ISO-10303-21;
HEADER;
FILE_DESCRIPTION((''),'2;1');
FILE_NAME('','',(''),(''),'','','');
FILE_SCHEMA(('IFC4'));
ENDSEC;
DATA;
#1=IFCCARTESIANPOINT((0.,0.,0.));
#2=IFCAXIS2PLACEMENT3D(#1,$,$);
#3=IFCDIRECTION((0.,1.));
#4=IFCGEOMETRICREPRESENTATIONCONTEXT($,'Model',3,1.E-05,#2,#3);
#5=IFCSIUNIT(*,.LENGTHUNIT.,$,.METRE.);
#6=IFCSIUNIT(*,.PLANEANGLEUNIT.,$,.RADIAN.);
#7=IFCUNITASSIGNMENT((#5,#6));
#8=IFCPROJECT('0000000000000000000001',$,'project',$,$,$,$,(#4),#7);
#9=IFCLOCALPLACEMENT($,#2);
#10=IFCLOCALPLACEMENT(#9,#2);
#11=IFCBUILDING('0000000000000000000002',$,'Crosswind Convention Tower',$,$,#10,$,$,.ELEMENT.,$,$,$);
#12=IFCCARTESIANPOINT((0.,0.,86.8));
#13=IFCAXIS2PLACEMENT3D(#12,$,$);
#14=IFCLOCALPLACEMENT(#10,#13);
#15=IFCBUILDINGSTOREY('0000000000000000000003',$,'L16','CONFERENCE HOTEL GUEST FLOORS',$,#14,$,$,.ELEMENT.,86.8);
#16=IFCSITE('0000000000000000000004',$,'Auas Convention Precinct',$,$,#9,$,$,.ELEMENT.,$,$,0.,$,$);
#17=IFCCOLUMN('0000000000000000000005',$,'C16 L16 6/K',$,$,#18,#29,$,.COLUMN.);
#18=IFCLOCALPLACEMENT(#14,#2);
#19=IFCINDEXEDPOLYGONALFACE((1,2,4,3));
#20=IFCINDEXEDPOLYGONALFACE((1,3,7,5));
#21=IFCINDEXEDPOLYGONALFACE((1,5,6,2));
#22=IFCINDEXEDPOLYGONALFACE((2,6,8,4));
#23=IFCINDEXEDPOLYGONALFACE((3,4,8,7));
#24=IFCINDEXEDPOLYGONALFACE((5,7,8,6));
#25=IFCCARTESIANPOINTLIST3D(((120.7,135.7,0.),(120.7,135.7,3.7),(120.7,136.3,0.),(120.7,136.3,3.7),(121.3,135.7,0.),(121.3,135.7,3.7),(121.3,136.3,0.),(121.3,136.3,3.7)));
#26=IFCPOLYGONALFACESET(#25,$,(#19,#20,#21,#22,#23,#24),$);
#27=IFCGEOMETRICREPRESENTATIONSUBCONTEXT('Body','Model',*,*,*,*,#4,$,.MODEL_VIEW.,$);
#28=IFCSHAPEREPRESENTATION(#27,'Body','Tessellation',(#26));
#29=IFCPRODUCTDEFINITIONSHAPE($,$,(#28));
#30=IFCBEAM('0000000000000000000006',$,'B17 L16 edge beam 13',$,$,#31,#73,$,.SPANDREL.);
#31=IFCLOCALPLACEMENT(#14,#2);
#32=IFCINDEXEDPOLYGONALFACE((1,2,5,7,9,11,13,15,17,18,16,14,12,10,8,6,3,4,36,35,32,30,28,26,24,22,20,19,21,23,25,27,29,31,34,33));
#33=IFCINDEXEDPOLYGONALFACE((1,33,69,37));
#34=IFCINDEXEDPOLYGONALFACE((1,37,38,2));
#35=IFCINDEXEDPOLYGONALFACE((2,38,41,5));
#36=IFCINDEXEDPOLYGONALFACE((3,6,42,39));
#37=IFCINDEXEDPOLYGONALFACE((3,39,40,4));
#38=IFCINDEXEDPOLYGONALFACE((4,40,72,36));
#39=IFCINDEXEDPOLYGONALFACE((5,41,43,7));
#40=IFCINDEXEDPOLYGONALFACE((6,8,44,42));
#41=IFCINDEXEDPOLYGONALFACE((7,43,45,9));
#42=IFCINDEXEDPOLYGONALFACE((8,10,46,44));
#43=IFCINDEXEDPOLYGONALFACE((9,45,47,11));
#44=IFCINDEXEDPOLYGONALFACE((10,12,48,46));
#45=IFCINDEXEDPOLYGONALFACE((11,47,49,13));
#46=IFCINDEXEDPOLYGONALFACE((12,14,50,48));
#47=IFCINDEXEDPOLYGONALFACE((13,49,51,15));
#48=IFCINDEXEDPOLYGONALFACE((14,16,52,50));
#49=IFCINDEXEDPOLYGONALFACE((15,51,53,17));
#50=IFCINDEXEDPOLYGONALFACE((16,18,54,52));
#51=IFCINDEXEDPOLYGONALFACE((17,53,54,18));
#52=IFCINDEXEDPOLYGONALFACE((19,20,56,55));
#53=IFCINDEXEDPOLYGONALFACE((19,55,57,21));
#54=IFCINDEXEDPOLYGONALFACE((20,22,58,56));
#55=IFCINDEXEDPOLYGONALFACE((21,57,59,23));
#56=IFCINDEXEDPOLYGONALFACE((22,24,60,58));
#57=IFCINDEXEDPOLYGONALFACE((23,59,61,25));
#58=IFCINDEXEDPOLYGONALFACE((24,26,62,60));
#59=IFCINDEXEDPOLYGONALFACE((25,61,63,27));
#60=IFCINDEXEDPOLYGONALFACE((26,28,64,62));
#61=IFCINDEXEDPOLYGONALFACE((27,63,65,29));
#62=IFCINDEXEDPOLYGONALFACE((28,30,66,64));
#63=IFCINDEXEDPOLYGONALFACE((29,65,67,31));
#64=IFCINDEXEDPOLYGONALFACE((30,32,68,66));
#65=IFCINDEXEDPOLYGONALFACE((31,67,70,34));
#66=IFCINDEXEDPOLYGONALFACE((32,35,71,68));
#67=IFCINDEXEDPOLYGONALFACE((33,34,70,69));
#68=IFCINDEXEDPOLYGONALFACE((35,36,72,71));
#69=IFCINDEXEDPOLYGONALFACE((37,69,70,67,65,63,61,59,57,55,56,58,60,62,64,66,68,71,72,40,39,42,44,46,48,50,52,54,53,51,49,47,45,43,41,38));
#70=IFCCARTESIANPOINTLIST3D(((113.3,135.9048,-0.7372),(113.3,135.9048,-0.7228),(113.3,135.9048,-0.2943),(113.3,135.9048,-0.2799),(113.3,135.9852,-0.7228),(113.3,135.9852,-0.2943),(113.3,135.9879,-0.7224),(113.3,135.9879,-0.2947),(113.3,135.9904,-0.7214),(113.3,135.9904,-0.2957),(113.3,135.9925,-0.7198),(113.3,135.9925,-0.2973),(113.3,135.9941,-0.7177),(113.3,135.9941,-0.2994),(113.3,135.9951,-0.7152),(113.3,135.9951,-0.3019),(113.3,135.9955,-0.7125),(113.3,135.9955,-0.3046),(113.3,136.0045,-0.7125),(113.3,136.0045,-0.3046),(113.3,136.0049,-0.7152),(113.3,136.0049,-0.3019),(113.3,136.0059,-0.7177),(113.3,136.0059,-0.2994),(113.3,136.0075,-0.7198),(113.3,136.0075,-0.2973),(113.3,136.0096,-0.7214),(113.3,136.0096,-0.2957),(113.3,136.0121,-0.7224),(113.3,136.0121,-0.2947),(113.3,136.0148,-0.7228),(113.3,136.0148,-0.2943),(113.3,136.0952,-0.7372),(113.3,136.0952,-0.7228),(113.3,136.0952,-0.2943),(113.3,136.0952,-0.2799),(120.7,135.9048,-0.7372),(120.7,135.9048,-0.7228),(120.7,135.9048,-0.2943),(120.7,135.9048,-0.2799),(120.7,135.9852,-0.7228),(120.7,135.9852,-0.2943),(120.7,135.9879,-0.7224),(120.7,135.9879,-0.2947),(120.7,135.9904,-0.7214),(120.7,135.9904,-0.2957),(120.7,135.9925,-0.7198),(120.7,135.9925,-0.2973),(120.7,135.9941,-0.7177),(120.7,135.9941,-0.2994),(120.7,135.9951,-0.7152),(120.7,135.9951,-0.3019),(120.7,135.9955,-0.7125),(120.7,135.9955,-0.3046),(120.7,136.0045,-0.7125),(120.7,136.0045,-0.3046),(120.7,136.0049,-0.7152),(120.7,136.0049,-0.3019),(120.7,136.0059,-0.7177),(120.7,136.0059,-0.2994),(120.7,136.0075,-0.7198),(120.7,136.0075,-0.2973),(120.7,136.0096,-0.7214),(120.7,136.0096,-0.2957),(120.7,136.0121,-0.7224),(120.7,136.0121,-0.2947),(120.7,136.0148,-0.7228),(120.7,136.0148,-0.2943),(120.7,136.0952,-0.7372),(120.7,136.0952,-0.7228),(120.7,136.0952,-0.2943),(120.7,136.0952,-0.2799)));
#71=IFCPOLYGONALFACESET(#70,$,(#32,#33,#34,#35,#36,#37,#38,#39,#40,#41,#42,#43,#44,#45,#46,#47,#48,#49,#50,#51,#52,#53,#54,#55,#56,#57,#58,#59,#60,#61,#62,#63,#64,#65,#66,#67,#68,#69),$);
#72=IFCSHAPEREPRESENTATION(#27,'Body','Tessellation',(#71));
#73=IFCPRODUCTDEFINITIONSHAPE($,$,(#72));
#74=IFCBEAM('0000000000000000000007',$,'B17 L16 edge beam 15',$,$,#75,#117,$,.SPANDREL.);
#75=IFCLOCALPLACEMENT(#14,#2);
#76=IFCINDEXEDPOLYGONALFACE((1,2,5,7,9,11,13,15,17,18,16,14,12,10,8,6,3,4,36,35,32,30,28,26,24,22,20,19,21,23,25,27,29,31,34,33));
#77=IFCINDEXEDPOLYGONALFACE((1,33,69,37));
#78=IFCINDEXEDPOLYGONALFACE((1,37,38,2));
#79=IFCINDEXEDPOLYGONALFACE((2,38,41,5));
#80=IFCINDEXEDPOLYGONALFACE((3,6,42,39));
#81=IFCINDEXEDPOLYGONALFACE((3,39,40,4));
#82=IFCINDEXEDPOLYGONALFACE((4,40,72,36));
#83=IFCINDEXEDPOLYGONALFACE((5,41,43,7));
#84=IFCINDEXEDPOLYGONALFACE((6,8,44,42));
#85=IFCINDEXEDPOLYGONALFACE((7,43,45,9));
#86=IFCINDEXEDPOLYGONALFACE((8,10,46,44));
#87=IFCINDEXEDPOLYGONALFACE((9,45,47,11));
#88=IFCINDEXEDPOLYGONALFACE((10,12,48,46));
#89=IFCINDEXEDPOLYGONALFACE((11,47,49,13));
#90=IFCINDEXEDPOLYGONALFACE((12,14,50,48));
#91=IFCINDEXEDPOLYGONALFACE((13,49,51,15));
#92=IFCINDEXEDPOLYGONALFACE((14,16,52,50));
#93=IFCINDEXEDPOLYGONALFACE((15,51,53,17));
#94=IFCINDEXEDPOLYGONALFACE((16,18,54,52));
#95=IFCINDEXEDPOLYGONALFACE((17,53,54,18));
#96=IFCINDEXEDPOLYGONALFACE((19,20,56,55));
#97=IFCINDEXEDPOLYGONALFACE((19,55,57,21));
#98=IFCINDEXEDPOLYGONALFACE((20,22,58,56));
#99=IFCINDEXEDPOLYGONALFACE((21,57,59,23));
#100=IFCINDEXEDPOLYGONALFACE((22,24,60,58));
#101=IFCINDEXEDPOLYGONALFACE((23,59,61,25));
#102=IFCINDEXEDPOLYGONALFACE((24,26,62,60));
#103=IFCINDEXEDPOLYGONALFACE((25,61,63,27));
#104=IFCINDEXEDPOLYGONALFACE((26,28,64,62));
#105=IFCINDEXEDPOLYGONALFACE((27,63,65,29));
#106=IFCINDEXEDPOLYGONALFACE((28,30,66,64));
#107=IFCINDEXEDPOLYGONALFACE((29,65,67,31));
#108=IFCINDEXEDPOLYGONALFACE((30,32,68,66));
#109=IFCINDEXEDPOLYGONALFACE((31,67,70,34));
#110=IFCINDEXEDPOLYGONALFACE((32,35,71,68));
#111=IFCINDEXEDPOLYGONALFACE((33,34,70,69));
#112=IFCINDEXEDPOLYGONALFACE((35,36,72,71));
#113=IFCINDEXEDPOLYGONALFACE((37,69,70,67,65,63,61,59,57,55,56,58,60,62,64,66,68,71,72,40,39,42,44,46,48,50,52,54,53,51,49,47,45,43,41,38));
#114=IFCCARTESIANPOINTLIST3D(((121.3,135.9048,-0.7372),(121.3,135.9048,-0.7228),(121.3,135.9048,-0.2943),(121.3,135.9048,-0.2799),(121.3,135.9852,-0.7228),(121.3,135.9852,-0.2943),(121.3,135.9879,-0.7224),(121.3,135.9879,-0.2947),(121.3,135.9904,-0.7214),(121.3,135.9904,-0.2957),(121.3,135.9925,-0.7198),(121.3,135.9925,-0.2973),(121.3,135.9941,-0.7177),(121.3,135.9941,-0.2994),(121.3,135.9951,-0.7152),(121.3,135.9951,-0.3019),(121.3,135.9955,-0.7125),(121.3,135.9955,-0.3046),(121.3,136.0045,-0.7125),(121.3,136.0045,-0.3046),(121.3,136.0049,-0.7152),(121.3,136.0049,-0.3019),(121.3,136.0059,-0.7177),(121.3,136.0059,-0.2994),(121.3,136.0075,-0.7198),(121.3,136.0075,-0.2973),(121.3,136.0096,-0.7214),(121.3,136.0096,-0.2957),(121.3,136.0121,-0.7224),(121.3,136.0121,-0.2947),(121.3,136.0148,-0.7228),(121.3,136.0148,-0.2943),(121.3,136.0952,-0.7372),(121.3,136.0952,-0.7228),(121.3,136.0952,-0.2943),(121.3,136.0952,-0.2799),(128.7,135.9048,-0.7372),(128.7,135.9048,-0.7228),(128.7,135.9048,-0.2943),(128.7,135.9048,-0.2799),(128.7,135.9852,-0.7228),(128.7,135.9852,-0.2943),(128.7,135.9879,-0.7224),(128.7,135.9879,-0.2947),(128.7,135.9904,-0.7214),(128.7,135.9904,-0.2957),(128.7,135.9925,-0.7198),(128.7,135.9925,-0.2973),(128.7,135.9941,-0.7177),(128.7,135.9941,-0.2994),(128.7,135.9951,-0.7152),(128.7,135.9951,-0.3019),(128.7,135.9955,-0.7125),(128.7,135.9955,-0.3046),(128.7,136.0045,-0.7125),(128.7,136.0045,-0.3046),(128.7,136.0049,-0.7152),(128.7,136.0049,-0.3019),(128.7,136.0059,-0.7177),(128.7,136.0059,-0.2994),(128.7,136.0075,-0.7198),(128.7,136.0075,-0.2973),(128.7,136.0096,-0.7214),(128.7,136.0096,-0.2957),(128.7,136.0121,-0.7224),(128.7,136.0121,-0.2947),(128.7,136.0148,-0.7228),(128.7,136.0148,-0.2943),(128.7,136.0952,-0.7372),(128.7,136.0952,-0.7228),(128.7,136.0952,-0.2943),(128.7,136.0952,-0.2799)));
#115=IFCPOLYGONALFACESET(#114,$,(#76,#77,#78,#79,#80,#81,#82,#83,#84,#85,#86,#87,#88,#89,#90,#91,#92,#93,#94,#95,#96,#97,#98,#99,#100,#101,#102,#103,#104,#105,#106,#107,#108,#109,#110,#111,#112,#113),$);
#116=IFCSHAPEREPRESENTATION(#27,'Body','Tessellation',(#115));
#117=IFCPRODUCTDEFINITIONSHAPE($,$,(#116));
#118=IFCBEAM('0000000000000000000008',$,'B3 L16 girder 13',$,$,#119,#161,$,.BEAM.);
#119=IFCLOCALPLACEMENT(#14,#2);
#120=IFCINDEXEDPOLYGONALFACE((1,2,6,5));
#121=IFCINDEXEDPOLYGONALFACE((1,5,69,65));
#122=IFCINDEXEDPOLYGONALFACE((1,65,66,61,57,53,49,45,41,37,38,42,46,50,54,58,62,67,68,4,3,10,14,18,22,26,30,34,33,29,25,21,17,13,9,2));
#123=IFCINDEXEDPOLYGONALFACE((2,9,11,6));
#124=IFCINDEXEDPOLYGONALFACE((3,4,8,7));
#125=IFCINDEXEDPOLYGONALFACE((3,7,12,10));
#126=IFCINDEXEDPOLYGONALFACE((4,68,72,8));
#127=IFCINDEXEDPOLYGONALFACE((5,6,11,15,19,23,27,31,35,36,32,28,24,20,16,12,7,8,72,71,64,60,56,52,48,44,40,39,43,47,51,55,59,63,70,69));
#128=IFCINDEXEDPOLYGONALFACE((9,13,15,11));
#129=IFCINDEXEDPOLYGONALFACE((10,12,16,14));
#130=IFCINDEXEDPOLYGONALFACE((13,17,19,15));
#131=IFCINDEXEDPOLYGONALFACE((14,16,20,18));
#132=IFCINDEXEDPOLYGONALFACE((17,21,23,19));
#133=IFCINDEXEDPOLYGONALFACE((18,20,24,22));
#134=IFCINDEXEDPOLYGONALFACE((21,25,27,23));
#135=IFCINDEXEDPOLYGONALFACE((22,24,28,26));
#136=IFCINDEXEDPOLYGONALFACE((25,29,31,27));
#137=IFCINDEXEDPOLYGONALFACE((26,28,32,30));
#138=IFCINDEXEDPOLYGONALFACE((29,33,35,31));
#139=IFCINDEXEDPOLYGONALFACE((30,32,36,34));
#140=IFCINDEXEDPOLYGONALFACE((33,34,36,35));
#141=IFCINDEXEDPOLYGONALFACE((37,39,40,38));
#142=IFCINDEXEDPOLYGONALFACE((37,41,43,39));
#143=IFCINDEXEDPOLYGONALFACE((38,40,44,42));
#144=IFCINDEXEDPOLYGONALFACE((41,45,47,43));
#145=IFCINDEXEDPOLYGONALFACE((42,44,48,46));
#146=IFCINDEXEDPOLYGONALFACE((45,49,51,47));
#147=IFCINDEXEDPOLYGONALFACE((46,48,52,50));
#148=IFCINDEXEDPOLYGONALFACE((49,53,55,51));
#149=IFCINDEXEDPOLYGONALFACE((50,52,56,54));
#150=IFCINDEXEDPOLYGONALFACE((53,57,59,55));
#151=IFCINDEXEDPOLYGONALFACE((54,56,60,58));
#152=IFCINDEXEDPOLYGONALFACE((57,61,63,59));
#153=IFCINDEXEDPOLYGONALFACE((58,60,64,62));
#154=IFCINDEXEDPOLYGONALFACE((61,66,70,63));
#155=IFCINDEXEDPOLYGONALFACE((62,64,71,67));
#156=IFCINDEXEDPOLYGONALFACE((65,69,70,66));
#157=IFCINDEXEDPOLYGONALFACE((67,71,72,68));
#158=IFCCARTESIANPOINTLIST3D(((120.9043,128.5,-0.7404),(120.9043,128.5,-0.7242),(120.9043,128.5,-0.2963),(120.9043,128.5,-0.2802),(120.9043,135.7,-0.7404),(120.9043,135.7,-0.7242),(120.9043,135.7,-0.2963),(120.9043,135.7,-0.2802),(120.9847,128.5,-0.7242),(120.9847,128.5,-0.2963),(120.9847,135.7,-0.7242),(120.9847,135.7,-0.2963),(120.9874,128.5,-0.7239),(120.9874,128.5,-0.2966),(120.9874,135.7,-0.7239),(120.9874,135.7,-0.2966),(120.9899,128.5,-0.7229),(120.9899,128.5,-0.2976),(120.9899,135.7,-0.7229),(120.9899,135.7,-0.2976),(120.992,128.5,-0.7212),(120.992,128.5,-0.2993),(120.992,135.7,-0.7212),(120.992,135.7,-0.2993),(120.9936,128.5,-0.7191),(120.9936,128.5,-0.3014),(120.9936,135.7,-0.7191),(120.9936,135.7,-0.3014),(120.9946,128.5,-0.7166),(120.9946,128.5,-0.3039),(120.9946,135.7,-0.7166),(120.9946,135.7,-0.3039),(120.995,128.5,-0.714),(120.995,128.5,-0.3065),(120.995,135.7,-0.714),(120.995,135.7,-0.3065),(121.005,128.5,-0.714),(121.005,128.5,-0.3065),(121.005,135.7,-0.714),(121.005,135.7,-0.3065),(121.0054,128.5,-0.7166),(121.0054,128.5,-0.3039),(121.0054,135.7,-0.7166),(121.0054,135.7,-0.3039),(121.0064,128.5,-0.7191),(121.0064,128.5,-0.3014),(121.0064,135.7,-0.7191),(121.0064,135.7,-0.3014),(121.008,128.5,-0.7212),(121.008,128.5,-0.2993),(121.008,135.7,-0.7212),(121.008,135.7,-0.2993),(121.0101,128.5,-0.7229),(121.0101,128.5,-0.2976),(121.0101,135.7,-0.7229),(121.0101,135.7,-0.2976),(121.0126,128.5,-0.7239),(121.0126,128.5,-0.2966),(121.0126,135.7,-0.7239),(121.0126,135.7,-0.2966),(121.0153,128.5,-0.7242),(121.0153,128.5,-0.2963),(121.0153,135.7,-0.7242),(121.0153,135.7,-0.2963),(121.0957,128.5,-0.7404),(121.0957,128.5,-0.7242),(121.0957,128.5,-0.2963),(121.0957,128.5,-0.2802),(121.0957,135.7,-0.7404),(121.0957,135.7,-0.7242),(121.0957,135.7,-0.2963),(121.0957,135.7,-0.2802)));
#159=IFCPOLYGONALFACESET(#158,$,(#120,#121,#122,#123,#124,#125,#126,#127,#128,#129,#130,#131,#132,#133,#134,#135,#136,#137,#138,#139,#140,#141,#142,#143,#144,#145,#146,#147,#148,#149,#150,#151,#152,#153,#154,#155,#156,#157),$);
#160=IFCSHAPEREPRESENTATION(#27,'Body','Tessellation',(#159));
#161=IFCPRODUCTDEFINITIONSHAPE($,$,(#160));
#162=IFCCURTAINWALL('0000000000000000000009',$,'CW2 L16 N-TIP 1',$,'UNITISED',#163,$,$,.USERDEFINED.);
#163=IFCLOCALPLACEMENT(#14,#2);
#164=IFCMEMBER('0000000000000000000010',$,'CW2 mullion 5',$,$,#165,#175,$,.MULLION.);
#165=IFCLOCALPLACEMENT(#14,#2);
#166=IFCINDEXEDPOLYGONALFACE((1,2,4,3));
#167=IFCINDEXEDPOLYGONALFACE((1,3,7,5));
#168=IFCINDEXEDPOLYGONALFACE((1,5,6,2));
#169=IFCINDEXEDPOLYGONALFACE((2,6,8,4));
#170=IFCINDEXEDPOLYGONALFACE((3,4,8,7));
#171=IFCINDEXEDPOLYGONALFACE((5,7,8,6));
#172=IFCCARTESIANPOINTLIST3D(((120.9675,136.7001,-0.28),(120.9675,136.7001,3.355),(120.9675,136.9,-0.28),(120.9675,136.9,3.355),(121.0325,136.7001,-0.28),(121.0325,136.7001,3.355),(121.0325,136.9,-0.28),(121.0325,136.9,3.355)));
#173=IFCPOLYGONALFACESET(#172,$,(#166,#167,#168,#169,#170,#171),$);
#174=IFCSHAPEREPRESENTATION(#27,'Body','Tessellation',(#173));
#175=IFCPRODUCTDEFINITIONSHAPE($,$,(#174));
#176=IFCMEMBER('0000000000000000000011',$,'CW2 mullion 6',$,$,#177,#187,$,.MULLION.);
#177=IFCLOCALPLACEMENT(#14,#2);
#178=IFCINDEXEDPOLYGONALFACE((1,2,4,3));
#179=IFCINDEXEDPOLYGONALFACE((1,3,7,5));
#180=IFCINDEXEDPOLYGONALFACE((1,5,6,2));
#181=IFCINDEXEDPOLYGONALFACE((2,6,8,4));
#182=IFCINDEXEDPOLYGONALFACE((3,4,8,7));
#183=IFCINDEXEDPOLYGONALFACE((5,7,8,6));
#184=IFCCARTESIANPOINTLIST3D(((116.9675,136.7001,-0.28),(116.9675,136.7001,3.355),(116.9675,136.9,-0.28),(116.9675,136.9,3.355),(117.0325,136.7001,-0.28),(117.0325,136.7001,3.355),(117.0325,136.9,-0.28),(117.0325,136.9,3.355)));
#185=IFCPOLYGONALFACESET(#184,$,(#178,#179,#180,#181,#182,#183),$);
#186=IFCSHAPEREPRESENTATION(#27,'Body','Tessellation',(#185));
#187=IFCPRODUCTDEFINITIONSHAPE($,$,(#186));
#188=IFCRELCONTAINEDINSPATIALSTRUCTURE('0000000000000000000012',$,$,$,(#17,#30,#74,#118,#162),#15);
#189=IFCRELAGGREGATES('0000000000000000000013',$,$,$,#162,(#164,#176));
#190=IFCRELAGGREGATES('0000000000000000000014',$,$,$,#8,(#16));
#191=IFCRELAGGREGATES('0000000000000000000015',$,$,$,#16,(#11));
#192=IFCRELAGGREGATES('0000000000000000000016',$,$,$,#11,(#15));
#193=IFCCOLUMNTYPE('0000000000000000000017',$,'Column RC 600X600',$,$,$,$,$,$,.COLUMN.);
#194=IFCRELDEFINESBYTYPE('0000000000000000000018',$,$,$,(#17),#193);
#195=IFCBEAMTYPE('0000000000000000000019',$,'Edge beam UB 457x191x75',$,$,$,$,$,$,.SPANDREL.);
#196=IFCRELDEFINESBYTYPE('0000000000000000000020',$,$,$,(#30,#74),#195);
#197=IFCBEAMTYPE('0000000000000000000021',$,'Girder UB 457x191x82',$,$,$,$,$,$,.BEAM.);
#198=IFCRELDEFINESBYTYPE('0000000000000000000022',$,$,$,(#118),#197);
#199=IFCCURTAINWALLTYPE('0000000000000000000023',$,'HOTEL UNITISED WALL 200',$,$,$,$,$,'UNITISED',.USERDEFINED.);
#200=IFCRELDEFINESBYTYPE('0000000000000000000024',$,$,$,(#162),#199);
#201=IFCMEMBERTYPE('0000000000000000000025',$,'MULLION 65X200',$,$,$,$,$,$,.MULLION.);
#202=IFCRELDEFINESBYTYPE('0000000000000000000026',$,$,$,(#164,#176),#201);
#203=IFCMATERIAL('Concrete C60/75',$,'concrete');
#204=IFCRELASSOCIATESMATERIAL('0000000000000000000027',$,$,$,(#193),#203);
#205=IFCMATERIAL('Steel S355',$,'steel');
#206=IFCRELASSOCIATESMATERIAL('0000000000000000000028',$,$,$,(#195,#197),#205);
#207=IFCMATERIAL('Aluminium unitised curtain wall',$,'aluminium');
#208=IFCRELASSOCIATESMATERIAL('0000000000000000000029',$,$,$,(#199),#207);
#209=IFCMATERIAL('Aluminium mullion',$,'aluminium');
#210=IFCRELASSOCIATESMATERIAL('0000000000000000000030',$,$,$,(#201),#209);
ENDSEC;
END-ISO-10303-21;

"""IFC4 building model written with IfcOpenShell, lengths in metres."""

from ifc_helpers import new_model, si_unit, direction, frame, origin, origin_2d, place, context, subcontext, project, spatial, rectangle, i_section, extrude, material, material_profile, profile_set, type_object, element, aggregate, save


model = new_model("IFC4")

# Units and contexts
model_context = context("Model", 3, precision=1e-05, world=origin(), true_north=direction((0.0, 1.0)))
body_context = subcontext(model_context, "Body", "Model", "MODEL_VIEW")
ifc_project = project(units=[si_unit("LENGTHUNIT", "METRE"), si_unit("PLANEANGLEUNIT", "RADIAN")], contexts=[model_context])

# Site, building, storey
site_placement = place(None, origin())
site = spatial("IfcSite", under=ifc_project, at=site_placement, Name="Auas Convention Precinct", CompositionType="ELEMENT", RefElevation=0.0)
building_placement = place(site_placement, origin())
building = spatial("IfcBuilding", under=site, at=building_placement, Name="Crosswind Convention Tower", CompositionType="ELEMENT")
storey_placement = place(building_placement, frame((0.0, 0.0, 86.8)))
storey = spatial("IfcBuildingStorey", under=building, at=storey_placement, Name="L16", Description="CONFERENCE HOTEL GUEST FLOORS", CompositionType="ELEMENT", Elevation=86.8)

# Column
ifc_material_1 = material(Name="Concrete C60/75", Category="concrete")
ifc_material_profile_1 = material_profile(ifc_material_1, rectangle(XDim=0.6001, YDim=0.6001, at=origin_2d()), Name="RC 600X600")
ifc_profile_set_1 = profile_set([ifc_material_profile_1], Name="Concrete C60/75")
column_type = type_object("IfcColumnType", Name="Column RC 600X600", PredefinedType="COLUMN", material=ifc_profile_set_1)
column_placement = place(storey_placement, frame((121.0, 136.0, 0.0), z_axis=(0.0, 0.0, 1.0), x_axis=(1.0, 0.0, 0.0)))
element("IfcColumn", 1, at=column_placement, inside=storey, type_object=column_type, Name="C16 L16 6/K", PredefinedType="COLUMN", context=body_context, shape_type="SweptSolid", body=[
    extrude(rectangle(XDim=0.6001, YDim=0.6001, at=origin_2d()), origin(), (0.0, 0.0, 1.0), 3.7),
])

# Beams
ifc_material_2 = material(Name="Steel S355", Category="steel")
ifc_material_profile_2 = material_profile(ifc_material_2, i_section(OverallWidth=0.1904, OverallDepth=0.4573, WebThickness=0.009, FlangeThickness=0.0144, FilletRadius=0.0103, at=origin_2d()), Name="UB 457x191x75")
ifc_profile_set_2 = profile_set([ifc_material_profile_2], Name="Steel S355")
beam_type_1 = type_object("IfcBeamType", Name="Edge beam UB 457x191x75", PredefinedType="SPANDREL", material=ifc_profile_set_2)
for number, where, z_axis, x_axis, name in (
    (2, (113.3, 136.0, -0.5085), (1.0, 0.0, 0.0), (0.0, 1.0, 0.0), "B17 L16 edge beam 13"),
    (3, (121.3, 136.0, -0.5085), (1.0, 0.0, 0.0), (0.0, 1.0, 0.0), "B17 L16 edge beam 15"),
):
    element("IfcBeam", number, at=place(storey_placement, frame(where, z_axis=z_axis, x_axis=x_axis)), inside=storey, type_object=beam_type_1, Name=name, PredefinedType="SPANDREL", context=body_context, shape_type="SweptSolid", body=[
        extrude(i_section(OverallWidth=0.1904, OverallDepth=0.4573, WebThickness=0.009, FlangeThickness=0.0144, FilletRadius=0.0103, at=origin_2d()), origin(), (0.0, 0.0, 1.0), 7.3999),
    ])
ifc_material_profile_3 = material_profile(ifc_material_2, i_section(OverallWidth=0.1914, OverallDepth=0.4602, WebThickness=0.01, FlangeThickness=0.0161, FilletRadius=0.0103, at=origin_2d()), Name="UB 457x191x82")
ifc_profile_set_3 = profile_set([ifc_material_profile_3], Name="Steel S355")
beam_type_2 = type_object("IfcBeamType", Name="Girder UB 457x191x82", PredefinedType="BEAM", material=ifc_profile_set_3)
beam_1_placement = place(storey_placement, frame((121.0, 128.5, -0.5103), z_axis=(0.0, 1.0, 0.0), x_axis=(-1.0, 0.0, 0.0)))
element("IfcBeam", 4, at=beam_1_placement, inside=storey, type_object=beam_type_2, Name="B3 L16 girder 13", PredefinedType="BEAM", context=body_context, shape_type="SweptSolid", body=[
    extrude(i_section(OverallWidth=0.1914, OverallDepth=0.4602, WebThickness=0.01, FlangeThickness=0.0161, FilletRadius=0.0103, at=origin_2d()), origin(), (0.0, 0.0, 1.0), 7.2),
])

# Curtain wall, members
ifc_material_3 = material(Name="Aluminium unitised curtain wall", Category="aluminium")
curtain_wall_type = type_object("IfcCurtainWallType", Name="HOTEL UNITISED WALL 200", ElementType="UNITISED", PredefinedType="USERDEFINED", material=ifc_material_3)
curtain_wall_placement = place(storey_placement, origin())
curtain_wall = element("IfcCurtainWall", 5, at=curtain_wall_placement, inside=storey, type_object=curtain_wall_type, Name="CW2 L16 N-TIP 1", ObjectType="UNITISED", PredefinedType="USERDEFINED")
ifc_material_4 = material(Name="Aluminium mullion", Category="aluminium")
ifc_material_profile_4 = material_profile(ifc_material_4, rectangle(XDim=0.2, YDim=0.0649, at=origin_2d()), Name="AL 200X65")
ifc_profile_set_4 = profile_set([ifc_material_profile_4], Name="Aluminium mullion")
member_type = type_object("IfcMemberType", Name="MULLION 65X200", PredefinedType="MULLION", material=ifc_profile_set_4)
member_1_placement = place(storey_placement, frame((121.0, 136.8, -0.28), z_axis=(0.0, 0.0, 1.0), x_axis=(0.0, 1.0, 0.0)))
member_1 = element("IfcMember", 6, at=member_1_placement, type_object=member_type, Name="CW2 mullion 5", PredefinedType="MULLION", context=body_context, shape_type="SweptSolid", body=[
    extrude(rectangle(XDim=0.2, YDim=0.0649, at=origin_2d()), origin(), (0.0, 0.0, 1.0), 3.635),
])
member_2_placement = place(storey_placement, frame((117.0, 136.8, -0.28), z_axis=(0.0, 0.0, 1.0), x_axis=(0.0, 1.0, 0.0)))
member_2 = element("IfcMember", 7, at=member_2_placement, type_object=member_type, Name="CW2 mullion 6", PredefinedType="MULLION", context=body_context, shape_type="SweptSolid", body=[
    extrude(rectangle(XDim=0.2, YDim=0.0649, at=origin_2d()), origin(), (0.0, 0.0, 1.0), 3.635),
])

aggregate(curtain_wall, [member_1, member_2])

save(model, "model.ifc")
